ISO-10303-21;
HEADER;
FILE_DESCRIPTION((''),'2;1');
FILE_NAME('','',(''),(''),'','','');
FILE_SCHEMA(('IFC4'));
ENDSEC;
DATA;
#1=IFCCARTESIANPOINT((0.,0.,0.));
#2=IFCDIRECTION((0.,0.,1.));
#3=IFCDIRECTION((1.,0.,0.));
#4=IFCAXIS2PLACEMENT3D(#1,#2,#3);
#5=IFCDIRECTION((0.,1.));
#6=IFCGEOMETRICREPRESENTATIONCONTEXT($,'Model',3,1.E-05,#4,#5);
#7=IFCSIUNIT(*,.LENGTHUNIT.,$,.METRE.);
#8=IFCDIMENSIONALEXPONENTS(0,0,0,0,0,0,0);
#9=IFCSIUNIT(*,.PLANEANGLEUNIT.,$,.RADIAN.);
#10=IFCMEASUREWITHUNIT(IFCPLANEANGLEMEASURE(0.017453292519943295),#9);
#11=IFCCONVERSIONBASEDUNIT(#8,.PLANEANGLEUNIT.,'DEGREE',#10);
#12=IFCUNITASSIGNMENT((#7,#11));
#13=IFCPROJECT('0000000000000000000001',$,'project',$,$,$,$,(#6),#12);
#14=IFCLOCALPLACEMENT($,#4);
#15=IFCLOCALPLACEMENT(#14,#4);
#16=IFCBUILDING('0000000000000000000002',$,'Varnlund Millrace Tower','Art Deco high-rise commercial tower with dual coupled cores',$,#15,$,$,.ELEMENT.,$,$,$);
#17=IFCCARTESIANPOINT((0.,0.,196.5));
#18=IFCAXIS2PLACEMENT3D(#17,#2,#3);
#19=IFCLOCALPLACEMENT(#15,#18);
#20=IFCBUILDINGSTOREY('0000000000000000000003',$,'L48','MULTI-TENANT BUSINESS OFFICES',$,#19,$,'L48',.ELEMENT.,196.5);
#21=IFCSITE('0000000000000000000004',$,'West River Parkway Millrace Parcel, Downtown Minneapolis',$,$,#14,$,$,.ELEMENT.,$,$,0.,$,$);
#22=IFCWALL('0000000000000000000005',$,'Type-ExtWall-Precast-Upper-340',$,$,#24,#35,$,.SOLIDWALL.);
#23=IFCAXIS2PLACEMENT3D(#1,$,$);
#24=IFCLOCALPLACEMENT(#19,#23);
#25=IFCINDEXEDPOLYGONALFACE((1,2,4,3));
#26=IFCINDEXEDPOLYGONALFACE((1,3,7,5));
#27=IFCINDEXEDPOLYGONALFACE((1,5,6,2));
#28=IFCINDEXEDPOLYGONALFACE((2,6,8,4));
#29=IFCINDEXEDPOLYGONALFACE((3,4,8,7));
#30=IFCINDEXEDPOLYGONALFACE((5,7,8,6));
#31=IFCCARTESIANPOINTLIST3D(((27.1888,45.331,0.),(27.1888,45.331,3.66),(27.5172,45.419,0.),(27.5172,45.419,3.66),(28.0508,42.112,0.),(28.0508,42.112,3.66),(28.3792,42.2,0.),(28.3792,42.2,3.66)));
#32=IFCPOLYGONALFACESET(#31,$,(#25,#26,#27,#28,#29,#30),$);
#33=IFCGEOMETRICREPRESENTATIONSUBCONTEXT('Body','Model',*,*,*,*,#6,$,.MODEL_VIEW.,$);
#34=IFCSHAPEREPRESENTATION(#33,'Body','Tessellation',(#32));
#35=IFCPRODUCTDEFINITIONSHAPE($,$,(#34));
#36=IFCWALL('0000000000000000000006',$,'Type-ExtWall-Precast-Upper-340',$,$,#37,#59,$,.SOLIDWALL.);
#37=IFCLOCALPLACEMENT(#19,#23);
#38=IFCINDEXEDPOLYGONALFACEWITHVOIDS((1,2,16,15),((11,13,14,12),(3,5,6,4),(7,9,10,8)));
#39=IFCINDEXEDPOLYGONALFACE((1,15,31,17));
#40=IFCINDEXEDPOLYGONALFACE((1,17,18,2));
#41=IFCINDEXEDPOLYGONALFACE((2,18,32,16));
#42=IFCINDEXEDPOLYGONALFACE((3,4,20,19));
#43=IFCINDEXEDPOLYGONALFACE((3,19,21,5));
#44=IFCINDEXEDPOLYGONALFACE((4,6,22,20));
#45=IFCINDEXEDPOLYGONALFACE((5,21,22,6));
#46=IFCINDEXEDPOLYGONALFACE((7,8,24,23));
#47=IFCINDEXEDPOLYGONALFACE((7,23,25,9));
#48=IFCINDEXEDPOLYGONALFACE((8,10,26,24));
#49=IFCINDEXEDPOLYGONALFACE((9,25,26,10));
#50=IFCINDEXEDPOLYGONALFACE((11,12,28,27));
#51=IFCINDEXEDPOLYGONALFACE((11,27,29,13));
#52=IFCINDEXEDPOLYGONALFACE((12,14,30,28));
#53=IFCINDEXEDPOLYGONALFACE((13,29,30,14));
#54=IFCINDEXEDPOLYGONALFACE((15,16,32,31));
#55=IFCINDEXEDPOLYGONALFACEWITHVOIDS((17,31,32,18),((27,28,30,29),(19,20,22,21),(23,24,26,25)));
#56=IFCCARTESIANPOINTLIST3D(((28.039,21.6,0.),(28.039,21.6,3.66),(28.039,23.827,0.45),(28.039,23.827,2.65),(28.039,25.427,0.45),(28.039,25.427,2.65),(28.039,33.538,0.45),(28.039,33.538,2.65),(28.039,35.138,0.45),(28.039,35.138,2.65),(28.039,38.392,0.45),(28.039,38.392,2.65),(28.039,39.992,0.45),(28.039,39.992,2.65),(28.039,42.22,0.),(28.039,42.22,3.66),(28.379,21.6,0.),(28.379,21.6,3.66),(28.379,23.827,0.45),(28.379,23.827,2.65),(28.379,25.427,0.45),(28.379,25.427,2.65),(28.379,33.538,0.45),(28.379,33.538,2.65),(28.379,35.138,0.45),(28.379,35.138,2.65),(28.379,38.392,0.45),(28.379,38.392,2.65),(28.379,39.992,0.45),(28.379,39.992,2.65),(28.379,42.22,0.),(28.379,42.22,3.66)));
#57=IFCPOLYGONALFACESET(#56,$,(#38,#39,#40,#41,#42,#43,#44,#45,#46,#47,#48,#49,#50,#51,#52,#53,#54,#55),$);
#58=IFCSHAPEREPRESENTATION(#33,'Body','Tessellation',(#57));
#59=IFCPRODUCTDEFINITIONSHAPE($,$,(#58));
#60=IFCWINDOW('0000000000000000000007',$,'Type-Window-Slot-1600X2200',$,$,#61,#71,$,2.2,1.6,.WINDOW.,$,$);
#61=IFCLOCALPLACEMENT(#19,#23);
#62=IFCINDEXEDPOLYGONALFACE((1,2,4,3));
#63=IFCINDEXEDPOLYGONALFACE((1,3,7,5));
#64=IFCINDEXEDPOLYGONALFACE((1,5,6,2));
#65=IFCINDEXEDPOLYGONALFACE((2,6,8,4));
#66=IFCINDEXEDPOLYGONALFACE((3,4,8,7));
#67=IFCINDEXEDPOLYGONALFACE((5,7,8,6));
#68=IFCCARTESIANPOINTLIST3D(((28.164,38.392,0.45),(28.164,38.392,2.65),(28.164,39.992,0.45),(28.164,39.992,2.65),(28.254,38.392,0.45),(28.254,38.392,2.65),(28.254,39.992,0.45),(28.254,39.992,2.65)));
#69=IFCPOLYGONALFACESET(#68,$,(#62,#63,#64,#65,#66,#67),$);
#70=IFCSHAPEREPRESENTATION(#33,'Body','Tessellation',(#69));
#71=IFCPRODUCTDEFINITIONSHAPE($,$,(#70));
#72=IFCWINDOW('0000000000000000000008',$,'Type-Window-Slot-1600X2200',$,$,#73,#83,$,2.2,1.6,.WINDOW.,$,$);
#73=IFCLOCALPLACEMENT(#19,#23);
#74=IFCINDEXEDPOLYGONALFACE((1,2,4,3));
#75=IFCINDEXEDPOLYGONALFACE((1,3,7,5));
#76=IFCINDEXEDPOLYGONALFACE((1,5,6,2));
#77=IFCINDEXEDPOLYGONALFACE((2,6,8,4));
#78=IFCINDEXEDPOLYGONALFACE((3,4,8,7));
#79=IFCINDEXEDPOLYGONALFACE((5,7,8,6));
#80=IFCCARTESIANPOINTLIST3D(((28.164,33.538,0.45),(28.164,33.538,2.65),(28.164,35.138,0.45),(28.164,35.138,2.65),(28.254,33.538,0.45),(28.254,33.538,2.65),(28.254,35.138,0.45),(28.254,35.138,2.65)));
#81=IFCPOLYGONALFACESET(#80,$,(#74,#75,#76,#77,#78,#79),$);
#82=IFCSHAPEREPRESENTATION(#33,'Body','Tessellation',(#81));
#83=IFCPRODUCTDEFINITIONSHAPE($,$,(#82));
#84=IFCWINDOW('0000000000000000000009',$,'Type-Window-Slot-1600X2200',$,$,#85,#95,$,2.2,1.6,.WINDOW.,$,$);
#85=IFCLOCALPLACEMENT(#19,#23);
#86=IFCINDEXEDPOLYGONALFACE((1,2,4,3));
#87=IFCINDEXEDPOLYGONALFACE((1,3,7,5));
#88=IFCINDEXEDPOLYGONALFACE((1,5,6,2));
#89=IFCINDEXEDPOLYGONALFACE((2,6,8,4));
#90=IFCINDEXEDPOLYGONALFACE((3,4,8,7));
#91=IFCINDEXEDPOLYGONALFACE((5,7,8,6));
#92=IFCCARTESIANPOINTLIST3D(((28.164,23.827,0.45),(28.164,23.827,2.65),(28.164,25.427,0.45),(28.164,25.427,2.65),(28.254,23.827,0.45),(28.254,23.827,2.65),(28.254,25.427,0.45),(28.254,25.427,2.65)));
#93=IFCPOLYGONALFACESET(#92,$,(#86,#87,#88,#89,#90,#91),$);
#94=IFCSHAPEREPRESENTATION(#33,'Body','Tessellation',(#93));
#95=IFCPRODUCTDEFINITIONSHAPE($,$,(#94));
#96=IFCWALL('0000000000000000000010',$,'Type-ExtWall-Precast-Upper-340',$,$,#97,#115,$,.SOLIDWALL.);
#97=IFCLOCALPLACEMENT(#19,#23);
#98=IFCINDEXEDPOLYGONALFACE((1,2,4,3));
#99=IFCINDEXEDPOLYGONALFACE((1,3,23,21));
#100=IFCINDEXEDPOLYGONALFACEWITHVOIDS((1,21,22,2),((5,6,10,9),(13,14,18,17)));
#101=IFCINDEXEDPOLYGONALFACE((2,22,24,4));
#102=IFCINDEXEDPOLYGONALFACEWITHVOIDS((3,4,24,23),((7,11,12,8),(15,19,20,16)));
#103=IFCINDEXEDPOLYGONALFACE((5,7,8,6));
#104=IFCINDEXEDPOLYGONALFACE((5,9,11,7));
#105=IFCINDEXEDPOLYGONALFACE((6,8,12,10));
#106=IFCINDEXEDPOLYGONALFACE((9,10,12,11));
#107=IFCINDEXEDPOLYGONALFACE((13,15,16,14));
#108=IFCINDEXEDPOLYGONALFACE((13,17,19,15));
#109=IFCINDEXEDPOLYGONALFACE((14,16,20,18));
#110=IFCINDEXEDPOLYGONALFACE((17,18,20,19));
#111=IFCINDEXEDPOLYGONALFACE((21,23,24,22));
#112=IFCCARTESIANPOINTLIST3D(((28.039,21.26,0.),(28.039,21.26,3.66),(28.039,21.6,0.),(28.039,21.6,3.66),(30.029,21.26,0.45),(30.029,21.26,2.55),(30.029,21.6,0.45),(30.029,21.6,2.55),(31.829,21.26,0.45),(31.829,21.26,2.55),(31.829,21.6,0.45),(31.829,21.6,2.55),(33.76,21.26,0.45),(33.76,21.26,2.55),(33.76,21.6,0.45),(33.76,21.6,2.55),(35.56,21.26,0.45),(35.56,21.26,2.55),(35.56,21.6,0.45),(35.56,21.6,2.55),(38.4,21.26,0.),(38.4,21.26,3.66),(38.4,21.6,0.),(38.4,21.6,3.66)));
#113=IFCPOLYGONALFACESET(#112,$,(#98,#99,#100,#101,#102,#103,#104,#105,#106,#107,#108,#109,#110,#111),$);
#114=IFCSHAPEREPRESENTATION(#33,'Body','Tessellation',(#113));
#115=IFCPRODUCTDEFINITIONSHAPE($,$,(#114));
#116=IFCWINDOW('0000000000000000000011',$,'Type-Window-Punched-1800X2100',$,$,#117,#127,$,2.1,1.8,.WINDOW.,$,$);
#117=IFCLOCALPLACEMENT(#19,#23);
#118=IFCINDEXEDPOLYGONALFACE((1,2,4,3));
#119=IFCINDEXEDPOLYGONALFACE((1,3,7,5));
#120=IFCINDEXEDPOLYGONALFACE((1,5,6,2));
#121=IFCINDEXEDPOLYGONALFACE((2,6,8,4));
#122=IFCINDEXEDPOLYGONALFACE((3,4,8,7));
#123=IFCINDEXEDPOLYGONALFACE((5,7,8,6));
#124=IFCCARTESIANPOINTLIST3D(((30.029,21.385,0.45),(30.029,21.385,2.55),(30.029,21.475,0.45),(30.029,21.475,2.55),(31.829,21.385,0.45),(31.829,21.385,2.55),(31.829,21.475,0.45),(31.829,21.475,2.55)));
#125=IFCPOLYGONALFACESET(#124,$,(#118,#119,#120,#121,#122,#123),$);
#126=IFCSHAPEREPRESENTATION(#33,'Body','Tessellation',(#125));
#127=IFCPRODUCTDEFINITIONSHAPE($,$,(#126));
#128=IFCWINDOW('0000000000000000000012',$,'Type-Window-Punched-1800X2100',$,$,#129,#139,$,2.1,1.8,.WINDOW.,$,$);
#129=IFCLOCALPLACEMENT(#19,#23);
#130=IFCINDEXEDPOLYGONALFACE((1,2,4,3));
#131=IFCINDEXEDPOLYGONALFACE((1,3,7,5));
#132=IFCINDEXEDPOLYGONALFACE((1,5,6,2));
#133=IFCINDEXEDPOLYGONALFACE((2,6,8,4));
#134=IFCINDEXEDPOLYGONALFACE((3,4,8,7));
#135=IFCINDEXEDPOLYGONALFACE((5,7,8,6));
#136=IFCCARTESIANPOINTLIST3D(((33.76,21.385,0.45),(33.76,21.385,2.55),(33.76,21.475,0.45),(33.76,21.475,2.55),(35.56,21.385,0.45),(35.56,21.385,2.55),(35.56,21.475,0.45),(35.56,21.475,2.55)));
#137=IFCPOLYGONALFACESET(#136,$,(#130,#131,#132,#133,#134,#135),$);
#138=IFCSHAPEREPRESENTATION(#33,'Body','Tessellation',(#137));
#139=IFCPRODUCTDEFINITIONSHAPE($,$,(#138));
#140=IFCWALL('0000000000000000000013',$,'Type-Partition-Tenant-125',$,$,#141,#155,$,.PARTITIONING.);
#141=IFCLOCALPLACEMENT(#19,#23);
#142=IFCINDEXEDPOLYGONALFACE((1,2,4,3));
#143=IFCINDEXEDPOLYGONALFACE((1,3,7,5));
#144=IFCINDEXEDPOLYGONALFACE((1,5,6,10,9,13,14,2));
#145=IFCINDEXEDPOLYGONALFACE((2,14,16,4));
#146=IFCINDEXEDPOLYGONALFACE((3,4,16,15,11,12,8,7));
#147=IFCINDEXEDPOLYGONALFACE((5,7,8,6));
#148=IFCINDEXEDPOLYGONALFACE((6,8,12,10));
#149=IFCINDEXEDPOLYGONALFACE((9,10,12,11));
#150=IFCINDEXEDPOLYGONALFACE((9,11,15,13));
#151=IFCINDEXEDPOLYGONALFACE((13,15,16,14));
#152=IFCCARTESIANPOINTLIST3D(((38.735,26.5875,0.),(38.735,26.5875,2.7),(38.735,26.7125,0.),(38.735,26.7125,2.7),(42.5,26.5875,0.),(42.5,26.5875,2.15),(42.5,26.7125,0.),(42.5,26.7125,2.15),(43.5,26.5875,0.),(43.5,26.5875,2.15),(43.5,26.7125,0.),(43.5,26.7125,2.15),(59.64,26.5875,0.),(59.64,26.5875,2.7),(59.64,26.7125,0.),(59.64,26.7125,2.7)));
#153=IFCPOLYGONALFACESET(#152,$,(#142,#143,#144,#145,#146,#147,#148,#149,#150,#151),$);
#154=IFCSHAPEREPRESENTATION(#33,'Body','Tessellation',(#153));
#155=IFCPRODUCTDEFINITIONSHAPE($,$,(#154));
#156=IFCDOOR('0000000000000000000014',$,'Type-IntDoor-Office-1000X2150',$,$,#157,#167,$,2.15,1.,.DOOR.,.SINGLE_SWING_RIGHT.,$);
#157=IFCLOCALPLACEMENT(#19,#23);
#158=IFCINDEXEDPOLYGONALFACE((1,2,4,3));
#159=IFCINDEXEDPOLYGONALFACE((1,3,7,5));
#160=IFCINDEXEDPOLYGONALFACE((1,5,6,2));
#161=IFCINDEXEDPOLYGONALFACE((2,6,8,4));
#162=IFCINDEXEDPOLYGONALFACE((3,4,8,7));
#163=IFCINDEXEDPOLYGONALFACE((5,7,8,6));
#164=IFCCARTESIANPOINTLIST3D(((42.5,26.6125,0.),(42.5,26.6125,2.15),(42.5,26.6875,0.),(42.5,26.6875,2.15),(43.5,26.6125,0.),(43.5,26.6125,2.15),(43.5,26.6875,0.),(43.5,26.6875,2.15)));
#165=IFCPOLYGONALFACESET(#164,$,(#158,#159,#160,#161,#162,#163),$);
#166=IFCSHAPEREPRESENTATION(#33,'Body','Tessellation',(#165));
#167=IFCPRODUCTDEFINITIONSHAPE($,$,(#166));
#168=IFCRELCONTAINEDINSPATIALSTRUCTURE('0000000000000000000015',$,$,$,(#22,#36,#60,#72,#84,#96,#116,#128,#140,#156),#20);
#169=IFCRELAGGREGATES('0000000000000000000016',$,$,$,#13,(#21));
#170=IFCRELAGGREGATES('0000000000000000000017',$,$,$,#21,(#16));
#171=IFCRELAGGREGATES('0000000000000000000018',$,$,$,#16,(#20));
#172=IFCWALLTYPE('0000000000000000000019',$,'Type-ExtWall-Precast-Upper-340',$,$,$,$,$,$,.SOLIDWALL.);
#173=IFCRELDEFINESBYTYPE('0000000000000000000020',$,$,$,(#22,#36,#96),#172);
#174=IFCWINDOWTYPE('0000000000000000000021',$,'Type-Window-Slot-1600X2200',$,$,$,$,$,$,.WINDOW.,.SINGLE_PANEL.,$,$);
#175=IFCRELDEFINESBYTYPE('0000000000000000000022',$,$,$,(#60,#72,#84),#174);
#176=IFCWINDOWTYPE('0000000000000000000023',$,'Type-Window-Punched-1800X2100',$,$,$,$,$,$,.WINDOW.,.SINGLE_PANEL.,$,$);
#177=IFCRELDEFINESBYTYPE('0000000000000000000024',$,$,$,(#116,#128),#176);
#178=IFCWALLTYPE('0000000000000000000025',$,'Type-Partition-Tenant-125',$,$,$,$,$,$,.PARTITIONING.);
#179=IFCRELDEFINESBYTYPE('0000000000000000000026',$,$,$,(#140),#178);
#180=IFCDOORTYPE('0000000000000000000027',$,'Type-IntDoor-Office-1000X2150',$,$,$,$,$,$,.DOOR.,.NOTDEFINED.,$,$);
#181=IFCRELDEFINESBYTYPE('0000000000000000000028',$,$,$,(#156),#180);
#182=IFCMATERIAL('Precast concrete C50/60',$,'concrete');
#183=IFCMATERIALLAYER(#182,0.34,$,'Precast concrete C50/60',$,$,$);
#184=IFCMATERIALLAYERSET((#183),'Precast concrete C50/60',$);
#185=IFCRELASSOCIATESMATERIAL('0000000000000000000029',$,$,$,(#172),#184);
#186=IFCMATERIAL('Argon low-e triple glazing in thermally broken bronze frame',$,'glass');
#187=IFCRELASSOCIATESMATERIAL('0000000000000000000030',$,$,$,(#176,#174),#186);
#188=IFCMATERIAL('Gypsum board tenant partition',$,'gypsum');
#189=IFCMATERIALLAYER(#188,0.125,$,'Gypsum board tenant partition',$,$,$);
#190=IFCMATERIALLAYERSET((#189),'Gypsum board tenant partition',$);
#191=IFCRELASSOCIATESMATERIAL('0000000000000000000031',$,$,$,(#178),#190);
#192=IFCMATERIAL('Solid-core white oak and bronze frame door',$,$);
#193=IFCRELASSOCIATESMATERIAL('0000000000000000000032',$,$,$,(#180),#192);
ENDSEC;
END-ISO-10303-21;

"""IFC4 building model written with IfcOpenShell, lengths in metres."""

from ifc_helpers import new_model, entity, si_unit, converted_unit, direction, frame, origin_with_axes, origin_2d_with_axis, place, context, subcontext, project, spatial, polyline, rectangle, outline, extrude, material, layer, layer_set, type_object, element, fill, save


model = new_model("IFC4")

# Units and contexts
model_context = context("Model", 3, precision=1e-05, world=origin_with_axes(), true_north=direction((0.0, 1.0)))
body_context = subcontext(model_context, "Body", "Model", "MODEL_VIEW")
ifc_project = project(units=[si_unit("LENGTHUNIT", "METRE"), converted_unit("PLANEANGLEUNIT", "DEGREE", entity("IfcPlaneAngleMeasure", 0.017453292519943295), si_unit("PLANEANGLEUNIT", "RADIAN"), dimensions=[0, 0, 0, 0, 0, 0, 0])], contexts=[model_context])

# Site, building, storey
site_placement = place(None, origin_with_axes())
site = spatial("IfcSite", under=ifc_project, at=site_placement, Name="West River Parkway Millrace Parcel, Downtown Minneapolis", CompositionType="ELEMENT", RefElevation=0.0)
building_placement = place(site_placement, origin_with_axes())
building = spatial("IfcBuilding", under=site, at=building_placement, Name="Varnlund Millrace Tower", Description="Art Deco high-rise commercial tower with dual coupled cores", CompositionType="ELEMENT")
storey_placement = place(building_placement, frame((0.0, 0.0, 196.5), z_axis=(0.0, 0.0, 1.0), x_axis=(1.0, 0.0, 0.0)))
storey = spatial("IfcBuildingStorey", under=building, at=storey_placement, Name="L48", Description="MULTI-TENANT BUSINESS OFFICES", LongName="L48", CompositionType="ELEMENT", Elevation=196.5)

# Shared definitions
ifc_material_1 = material(Name="Precast concrete C50/60", Category="concrete")
ifc_layer_1 = layer(ifc_material_1, 0.34, Name="Precast concrete C50/60")
ifc_layer_set_1 = layer_set([ifc_layer_1], Name="Precast concrete C50/60")
wall_type_1 = type_object("IfcWallType", Name="Type-ExtWall-Precast-Upper-340", PredefinedType="SOLIDWALL", material=ifc_layer_set_1)

# Shared definitions
ifc_material_2 = material(Name="Argon low-e triple glazing in thermally broken bronze frame", Category="glass")
window_type_1 = type_object("IfcWindowType", Name="Type-Window-Punched-1800X2100", PartitioningType="SINGLE_PANEL", PredefinedType="WINDOW", material=ifc_material_2)

# Wall
wall_1_placement = place(storey_placement, frame((27.353, 45.375, 0.0), z_axis=(0.0, 0.0, 1.0), x_axis=(0.258671, -0.965965, 0.0)))
element("IfcWall", 1, at=wall_1_placement, inside=storey, type_object=wall_type_1, Name="Type-ExtWall-Precast-Upper-340", PredefinedType="SOLIDWALL", context=body_context, shape_type="SweptSolid", body=[
    extrude(outline(polyline([(0.0, -0.17), (3.3324, -0.17), (3.3324, 0.17), (0.0, 0.17), (0.0, -0.17)])), origin_with_axes(), (0.0, 0.0, 1.0), 3.66),
])

# Walls, openings, windows
wall_2_placement = place(storey_placement, frame((28.209, 42.22, 0.0), z_axis=(0.0, 0.0, 1.0), x_axis=(0.0, -1.0, 0.0)))
wall_2 = element("IfcWall", 2, at=wall_2_placement, inside=storey, type_object=wall_type_1, Name="Type-ExtWall-Precast-Upper-340", PredefinedType="SOLIDWALL", context=body_context, shape_type="SweptSolid", body=[
    extrude(outline(polyline([(0.0, -0.17), (20.62, -0.17), (20.62, 0.17), (0.0, 0.17), (0.0, -0.17)])), origin_with_axes(), (0.0, 0.0, 1.0), 3.66),
])
opening_1_placement = place(wall_2_placement, frame((3.028, 0.0, 0.45), z_axis=(0.0, 0.0, 1.0), x_axis=(1.0, 0.0, 0.0)))
opening_1 = element("IfcOpeningElement", 3, at=opening_1_placement, cuts=wall_2, PredefinedType="OPENING", context=body_context, shape_type="SweptSolid", body=[
    extrude(rectangle(XDim=1.6, YDim=0.36, at=origin_2d_with_axis()), origin_with_axes(), (0.0, 0.0, 1.0), 2.2),
])
opening_2_placement = place(wall_2_placement, frame((7.882, 0.0, 0.45), z_axis=(0.0, 0.0, 1.0), x_axis=(1.0, 0.0, 0.0)))
opening_2 = element("IfcOpeningElement", 4, at=opening_2_placement, cuts=wall_2, PredefinedType="OPENING", context=body_context, shape_type="SweptSolid", body=[
    extrude(rectangle(XDim=1.6, YDim=0.36, at=origin_2d_with_axis()), origin_with_axes(), (0.0, 0.0, 1.0), 2.2),
])
opening_3_placement = place(wall_2_placement, frame((17.593, 0.0, 0.45), z_axis=(0.0, 0.0, 1.0), x_axis=(1.0, 0.0, 0.0)))
opening_3 = element("IfcOpeningElement", 5, at=opening_3_placement, cuts=wall_2, PredefinedType="OPENING", context=body_context, shape_type="SweptSolid", body=[
    extrude(rectangle(XDim=1.6, YDim=0.36, at=origin_2d_with_axis()), origin_with_axes(), (0.0, 0.0, 1.0), 2.2),
])
window_type_2 = type_object("IfcWindowType", Name="Type-Window-Slot-1600X2200", PartitioningType="SINGLE_PANEL", PredefinedType="WINDOW", material=ifc_material_2)
window_1_placement = place(wall_2_placement, frame((3.028, 0.0, 0.45), z_axis=(0.0, 0.0, 1.0), x_axis=(1.0, 0.0, 0.0)))
window_1 = element("IfcWindow", 6, at=window_1_placement, inside=storey, type_object=window_type_2, Name="Type-Window-Slot-1600X2200", OverallHeight=2.2, OverallWidth=1.6, PredefinedType="WINDOW", context=body_context, shape_type="SweptSolid", body=[
    extrude(rectangle(XDim=1.6, YDim=0.09, at=origin_2d_with_axis()), origin_with_axes(), (0.0, 0.0, 1.0), 2.2),
])
fill(opening_1, window_1)
window_2_placement = place(wall_2_placement, frame((7.882, 0.0, 0.45), z_axis=(0.0, 0.0, 1.0), x_axis=(1.0, 0.0, 0.0)))
window_2 = element("IfcWindow", 7, at=window_2_placement, inside=storey, type_object=window_type_2, Name="Type-Window-Slot-1600X2200", OverallHeight=2.2, OverallWidth=1.6, PredefinedType="WINDOW", context=body_context, shape_type="SweptSolid", body=[
    extrude(rectangle(XDim=1.6, YDim=0.09, at=origin_2d_with_axis()), origin_with_axes(), (0.0, 0.0, 1.0), 2.2),
])
fill(opening_2, window_2)
window_3_placement = place(wall_2_placement, frame((17.593, 0.0, 0.45), z_axis=(0.0, 0.0, 1.0), x_axis=(1.0, 0.0, 0.0)))
window_3 = element("IfcWindow", 8, at=window_3_placement, inside=storey, type_object=window_type_2, Name="Type-Window-Slot-1600X2200", OverallHeight=2.2, OverallWidth=1.6, PredefinedType="WINDOW", context=body_context, shape_type="SweptSolid", body=[
    extrude(rectangle(XDim=1.6, YDim=0.09, at=origin_2d_with_axis()), origin_with_axes(), (0.0, 0.0, 1.0), 2.2),
])
fill(opening_3, window_3)
wall_3_placement = place(storey_placement, frame((28.039, 21.43, 0.0), z_axis=(0.0, 0.0, 1.0), x_axis=(1.0, 0.0, 0.0)))
wall_3 = element("IfcWall", 9, at=wall_3_placement, inside=storey, type_object=wall_type_1, Name="Type-ExtWall-Precast-Upper-340", PredefinedType="SOLIDWALL", context=body_context, shape_type="SweptSolid", body=[
    extrude(outline(polyline([(0.0, -0.17), (10.361, -0.17), (10.361, 0.17), (0.0, 0.17), (0.0, -0.17)])), origin_with_axes(), (0.0, 0.0, 1.0), 3.66),
])
opening_4_placement = place(wall_3_placement, frame((2.89, 0.0, 0.45), z_axis=(0.0, 0.0, 1.0), x_axis=(1.0, 0.0, 0.0)))
opening_4 = element("IfcOpeningElement", 10, at=opening_4_placement, cuts=wall_3, PredefinedType="OPENING", context=body_context, shape_type="SweptSolid", body=[
    extrude(rectangle(XDim=1.8, YDim=0.36, at=origin_2d_with_axis()), origin_with_axes(), (0.0, 0.0, 1.0), 2.1),
])
opening_5_placement = place(wall_3_placement, frame((6.621, 0.0, 0.45), z_axis=(0.0, 0.0, 1.0), x_axis=(1.0, 0.0, 0.0)))
opening_5 = element("IfcOpeningElement", 11, at=opening_5_placement, cuts=wall_3, PredefinedType="OPENING", context=body_context, shape_type="SweptSolid", body=[
    extrude(rectangle(XDim=1.8, YDim=0.36, at=origin_2d_with_axis()), origin_with_axes(), (0.0, 0.0, 1.0), 2.1),
])
window_4_placement = place(wall_3_placement, frame((2.89, 0.0, 0.45), z_axis=(0.0, 0.0, 1.0), x_axis=(1.0, 0.0, 0.0)))
window_4 = element("IfcWindow", 12, at=window_4_placement, inside=storey, type_object=window_type_1, Name="Type-Window-Punched-1800X2100", OverallHeight=2.1, OverallWidth=1.8, PredefinedType="WINDOW", context=body_context, shape_type="SweptSolid", body=[
    extrude(rectangle(XDim=1.8, YDim=0.09, at=origin_2d_with_axis()), origin_with_axes(), (0.0, 0.0, 1.0), 2.1),
])
fill(opening_4, window_4)
window_5_placement = place(wall_3_placement, frame((6.621, 0.0, 0.45), z_axis=(0.0, 0.0, 1.0), x_axis=(1.0, 0.0, 0.0)))
window_5 = element("IfcWindow", 13, at=window_5_placement, inside=storey, type_object=window_type_1, Name="Type-Window-Punched-1800X2100", OverallHeight=2.1, OverallWidth=1.8, PredefinedType="WINDOW", context=body_context, shape_type="SweptSolid", body=[
    extrude(rectangle(XDim=1.8, YDim=0.09, at=origin_2d_with_axis()), origin_with_axes(), (0.0, 0.0, 1.0), 2.1),
])
fill(opening_5, window_5)

# Wall, opening, door
ifc_material_3 = material(Name="Gypsum board tenant partition", Category="gypsum")
ifc_layer_2 = layer(ifc_material_3, 0.125, Name="Gypsum board tenant partition")
ifc_layer_set_2 = layer_set([ifc_layer_2], Name="Gypsum board tenant partition")
wall_type_2 = type_object("IfcWallType", Name="Type-Partition-Tenant-125", PredefinedType="PARTITIONING", material=ifc_layer_set_2)
wall_4_placement = place(storey_placement, frame((38.735, 26.65, 0.0), z_axis=(0.0, 0.0, 1.0), x_axis=(1.0, 0.0, 0.0)))
wall_4 = element("IfcWall", 14, at=wall_4_placement, inside=storey, type_object=wall_type_2, Name="Type-Partition-Tenant-125", PredefinedType="PARTITIONING", context=body_context, shape_type="SweptSolid", body=[
    extrude(outline(polyline([(0.0, -0.0625), (20.905, -0.0625), (20.905, 0.0625), (0.0, 0.0625), (0.0, -0.0625)])), origin_with_axes(), (0.0, 0.0, 1.0), 2.7),
])
opening_6_placement = place(wall_4_placement, frame((4.265, 0.0, 0.0), z_axis=(0.0, 0.0, 1.0), x_axis=(1.0, 0.0, 0.0)))
opening_6 = element("IfcOpeningElement", 15, at=opening_6_placement, cuts=wall_4, PredefinedType="OPENING", context=body_context, shape_type="SweptSolid", body=[
    extrude(rectangle(XDim=1.0, YDim=0.145, at=origin_2d_with_axis()), origin_with_axes(), (0.0, 0.0, 1.0), 2.15),
])
ifc_material_4 = material(Name="Solid-core white oak and bronze frame door")
door_type = type_object("IfcDoorType", Name="Type-IntDoor-Office-1000X2150", OperationType="NOTDEFINED", PredefinedType="DOOR", material=ifc_material_4)
door_placement = place(wall_4_placement, frame((4.265, 0.0, 0.0), z_axis=(0.0, 0.0, 1.0), x_axis=(1.0, 0.0, 0.0)))
door = element("IfcDoor", 16, at=door_placement, inside=storey, type_object=door_type, Name="Type-IntDoor-Office-1000X2150", OperationType="SINGLE_SWING_RIGHT", OverallHeight=2.15, OverallWidth=1.0, PredefinedType="DOOR", context=body_context, shape_type="SweptSolid", body=[
    extrude(rectangle(XDim=1.0, YDim=0.075, at=origin_2d_with_axis()), origin_with_axes(), (0.0, 0.0, 1.0), 2.15),
])
fill(opening_6, door)

save(model, "model.ifc")
